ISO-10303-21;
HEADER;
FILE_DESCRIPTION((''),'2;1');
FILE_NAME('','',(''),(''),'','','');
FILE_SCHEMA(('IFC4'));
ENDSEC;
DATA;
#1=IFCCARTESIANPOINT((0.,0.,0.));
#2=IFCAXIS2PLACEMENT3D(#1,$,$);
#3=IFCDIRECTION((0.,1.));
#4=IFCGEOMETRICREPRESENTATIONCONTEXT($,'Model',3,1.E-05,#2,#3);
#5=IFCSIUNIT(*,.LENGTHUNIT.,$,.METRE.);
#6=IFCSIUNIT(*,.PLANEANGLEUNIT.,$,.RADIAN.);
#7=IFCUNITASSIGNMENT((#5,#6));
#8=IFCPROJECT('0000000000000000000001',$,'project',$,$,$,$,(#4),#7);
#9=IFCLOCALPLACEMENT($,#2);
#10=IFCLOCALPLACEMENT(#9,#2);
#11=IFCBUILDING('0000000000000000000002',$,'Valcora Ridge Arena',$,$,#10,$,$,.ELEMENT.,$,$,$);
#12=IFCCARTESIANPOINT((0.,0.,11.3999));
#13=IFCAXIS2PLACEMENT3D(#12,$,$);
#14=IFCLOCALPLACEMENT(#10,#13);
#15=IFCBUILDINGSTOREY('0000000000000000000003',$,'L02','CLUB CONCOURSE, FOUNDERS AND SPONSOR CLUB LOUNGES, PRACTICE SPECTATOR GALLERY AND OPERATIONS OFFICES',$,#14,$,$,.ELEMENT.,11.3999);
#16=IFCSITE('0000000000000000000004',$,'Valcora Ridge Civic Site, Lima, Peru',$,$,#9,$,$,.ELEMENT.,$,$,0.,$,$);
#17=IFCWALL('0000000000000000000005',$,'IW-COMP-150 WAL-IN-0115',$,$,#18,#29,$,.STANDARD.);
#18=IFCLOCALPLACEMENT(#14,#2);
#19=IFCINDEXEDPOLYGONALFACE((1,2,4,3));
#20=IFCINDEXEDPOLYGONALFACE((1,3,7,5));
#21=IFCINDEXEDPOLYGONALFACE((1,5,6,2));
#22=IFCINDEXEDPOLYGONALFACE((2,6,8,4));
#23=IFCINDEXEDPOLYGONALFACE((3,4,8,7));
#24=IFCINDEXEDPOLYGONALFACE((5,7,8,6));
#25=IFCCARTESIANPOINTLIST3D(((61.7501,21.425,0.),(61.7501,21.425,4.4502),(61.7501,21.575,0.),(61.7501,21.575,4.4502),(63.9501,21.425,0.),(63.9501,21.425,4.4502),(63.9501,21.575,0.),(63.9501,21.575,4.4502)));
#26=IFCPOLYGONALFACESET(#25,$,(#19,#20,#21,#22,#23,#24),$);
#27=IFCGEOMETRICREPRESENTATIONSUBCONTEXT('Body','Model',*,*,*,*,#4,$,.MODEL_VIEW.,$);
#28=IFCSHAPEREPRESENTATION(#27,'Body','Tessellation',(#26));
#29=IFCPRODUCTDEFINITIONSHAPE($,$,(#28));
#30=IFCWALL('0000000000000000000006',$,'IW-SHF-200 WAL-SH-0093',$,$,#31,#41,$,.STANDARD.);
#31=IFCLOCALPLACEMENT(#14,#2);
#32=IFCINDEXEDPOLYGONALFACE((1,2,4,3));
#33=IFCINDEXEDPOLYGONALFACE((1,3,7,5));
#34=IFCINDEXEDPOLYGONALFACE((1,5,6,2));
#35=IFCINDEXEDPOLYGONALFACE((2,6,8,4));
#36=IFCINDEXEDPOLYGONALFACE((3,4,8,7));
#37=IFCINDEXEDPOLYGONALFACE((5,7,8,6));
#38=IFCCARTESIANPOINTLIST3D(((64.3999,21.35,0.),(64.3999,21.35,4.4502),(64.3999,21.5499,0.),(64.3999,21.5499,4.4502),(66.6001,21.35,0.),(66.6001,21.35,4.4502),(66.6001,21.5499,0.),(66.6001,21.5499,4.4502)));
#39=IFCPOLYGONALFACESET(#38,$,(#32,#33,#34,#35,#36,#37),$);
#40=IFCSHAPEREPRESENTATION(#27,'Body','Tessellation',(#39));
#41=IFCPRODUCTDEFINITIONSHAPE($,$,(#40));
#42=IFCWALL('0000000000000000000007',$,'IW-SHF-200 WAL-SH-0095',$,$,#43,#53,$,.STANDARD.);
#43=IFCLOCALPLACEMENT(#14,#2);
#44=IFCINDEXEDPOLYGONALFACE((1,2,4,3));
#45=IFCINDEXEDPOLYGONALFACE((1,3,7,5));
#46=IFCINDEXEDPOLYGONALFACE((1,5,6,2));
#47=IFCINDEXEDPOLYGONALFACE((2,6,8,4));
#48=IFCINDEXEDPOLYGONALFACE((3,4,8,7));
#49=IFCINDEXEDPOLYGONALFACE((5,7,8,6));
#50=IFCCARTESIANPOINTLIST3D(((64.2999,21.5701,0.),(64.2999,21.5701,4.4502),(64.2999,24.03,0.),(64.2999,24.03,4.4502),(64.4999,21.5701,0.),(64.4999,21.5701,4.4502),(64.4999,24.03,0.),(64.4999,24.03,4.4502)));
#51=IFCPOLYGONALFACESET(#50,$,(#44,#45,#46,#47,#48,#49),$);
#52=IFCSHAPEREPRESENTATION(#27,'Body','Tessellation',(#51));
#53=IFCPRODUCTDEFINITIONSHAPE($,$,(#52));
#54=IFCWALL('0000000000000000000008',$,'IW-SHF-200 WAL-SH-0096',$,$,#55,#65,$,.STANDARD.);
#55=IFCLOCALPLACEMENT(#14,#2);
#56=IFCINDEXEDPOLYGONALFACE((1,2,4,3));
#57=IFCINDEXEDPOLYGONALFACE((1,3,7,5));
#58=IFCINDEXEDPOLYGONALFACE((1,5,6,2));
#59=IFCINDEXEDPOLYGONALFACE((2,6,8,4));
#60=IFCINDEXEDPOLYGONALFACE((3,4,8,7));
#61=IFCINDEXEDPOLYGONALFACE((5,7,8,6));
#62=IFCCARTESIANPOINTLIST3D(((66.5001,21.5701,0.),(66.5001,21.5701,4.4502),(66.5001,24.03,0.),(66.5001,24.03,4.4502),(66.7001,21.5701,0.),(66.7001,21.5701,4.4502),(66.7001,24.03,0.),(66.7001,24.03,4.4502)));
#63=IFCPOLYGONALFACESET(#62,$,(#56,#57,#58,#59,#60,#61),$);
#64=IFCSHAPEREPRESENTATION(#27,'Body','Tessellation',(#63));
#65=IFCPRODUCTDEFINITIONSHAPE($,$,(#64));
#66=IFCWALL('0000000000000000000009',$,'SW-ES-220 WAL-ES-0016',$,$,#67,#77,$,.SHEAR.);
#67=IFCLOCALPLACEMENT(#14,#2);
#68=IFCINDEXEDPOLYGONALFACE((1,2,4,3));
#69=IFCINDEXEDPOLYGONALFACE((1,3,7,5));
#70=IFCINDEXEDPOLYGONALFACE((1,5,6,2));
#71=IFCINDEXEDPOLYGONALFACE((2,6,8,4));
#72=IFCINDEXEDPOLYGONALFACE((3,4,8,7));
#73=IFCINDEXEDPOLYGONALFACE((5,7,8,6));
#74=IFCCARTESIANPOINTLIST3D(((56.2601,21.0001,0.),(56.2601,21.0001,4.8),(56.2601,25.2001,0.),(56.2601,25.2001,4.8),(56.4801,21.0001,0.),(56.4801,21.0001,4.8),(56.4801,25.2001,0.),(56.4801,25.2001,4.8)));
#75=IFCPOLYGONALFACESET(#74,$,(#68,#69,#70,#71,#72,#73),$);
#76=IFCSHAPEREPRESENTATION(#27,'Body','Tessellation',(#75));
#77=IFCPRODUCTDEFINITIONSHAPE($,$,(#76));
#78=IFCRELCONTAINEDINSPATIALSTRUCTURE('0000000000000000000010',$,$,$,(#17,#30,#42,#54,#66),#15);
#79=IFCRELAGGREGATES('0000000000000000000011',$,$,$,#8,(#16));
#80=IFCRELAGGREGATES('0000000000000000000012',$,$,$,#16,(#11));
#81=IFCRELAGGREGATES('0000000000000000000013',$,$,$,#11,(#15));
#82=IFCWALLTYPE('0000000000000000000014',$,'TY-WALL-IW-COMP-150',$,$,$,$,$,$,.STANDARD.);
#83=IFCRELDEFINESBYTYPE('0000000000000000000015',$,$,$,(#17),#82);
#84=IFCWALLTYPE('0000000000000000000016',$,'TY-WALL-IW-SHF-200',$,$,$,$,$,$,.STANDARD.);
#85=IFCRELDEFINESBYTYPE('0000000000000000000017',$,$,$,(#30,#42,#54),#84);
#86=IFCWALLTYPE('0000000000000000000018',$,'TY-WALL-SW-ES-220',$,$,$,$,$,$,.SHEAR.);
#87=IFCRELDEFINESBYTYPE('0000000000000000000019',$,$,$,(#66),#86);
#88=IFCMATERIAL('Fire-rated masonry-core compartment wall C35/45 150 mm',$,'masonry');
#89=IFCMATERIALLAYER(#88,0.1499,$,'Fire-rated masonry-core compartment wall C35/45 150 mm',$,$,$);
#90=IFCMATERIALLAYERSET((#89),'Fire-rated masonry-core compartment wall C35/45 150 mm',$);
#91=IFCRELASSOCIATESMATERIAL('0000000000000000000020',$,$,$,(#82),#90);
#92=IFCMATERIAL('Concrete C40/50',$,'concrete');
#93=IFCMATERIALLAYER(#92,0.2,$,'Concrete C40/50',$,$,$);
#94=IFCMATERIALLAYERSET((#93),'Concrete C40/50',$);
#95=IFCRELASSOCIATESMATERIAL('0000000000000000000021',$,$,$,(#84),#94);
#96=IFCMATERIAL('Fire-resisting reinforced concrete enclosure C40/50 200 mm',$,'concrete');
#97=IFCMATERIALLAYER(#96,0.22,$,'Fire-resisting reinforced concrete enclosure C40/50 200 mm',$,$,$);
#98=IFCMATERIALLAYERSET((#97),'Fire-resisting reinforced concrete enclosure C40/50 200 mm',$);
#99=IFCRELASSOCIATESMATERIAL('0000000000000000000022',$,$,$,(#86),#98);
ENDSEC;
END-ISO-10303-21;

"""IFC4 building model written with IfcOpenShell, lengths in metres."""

from ifc_helpers import new_model, si_unit, direction, frame, frame_2d, origin, place, context, subcontext, project, spatial, rectangle, extrude, material, layer, layer_set, type_object, element, save


model = new_model("IFC4")

# Units and contexts
model_context = context("Model", 3, precision=1e-05, world=origin(), true_north=direction((0.0, 1.0)))
body_context = subcontext(model_context, "Body", "Model", "MODEL_VIEW")
ifc_project = project(units=[si_unit("LENGTHUNIT", "METRE"), si_unit("PLANEANGLEUNIT", "RADIAN")], contexts=[model_context])

# Site, building, storey
site_placement = place(None, origin())
site = spatial("IfcSite", under=ifc_project, at=site_placement, Name="Valcora Ridge Civic Site, Lima, Peru", CompositionType="ELEMENT", RefElevation=0.0)
building_placement = place(site_placement, origin())
building = spatial("IfcBuilding", under=site, at=building_placement, Name="Valcora Ridge Arena", CompositionType="ELEMENT")
storey_placement = place(building_placement, frame((0.0, 0.0, 11.3999)))
storey = spatial("IfcBuildingStorey", under=building, at=storey_placement, Name="L02", Description="CLUB CONCOURSE, FOUNDERS AND SPONSOR CLUB LOUNGES, PRACTICE SPECTATOR GALLERY AND OPERATIONS OFFICES", CompositionType="ELEMENT", Elevation=11.3999)

# Walls
ifc_material_1 = material(Name="Fire-rated masonry-core compartment wall C35/45 150 mm", Category="masonry")
ifc_layer_1 = layer(ifc_material_1, 0.1499, Name="Fire-rated masonry-core compartment wall C35/45 150 mm")
ifc_layer_set_1 = layer_set([ifc_layer_1], Name="Fire-rated masonry-core compartment wall C35/45 150 mm")
wall_type_1 = type_object("IfcWallType", Name="TY-WALL-IW-COMP-150", PredefinedType="STANDARD", material=ifc_layer_set_1)
wall_1_placement = place(storey_placement, frame((61.75, 21.5, 0.0), z_axis=(0.0, 0.0, 1.0), x_axis=(1.0, 0.0, 0.0)))
element("IfcWall", 1, at=wall_1_placement, inside=storey, type_object=wall_type_1, Name="IW-COMP-150 WAL-IN-0115", PredefinedType="STANDARD", context=body_context, shape_type="SweptSolid", body=[
    extrude(rectangle(XDim=2.2, YDim=0.1499, at=frame_2d((1.1001, 0.0))), origin(), (0.0, 0.0, 1.0), 4.4502),
])
ifc_material_2 = material(Name="Concrete C40/50", Category="concrete")
ifc_layer_2 = layer(ifc_material_2, 0.2, Name="Concrete C40/50")
ifc_layer_set_2 = layer_set([ifc_layer_2], Name="Concrete C40/50")
wall_type_2 = type_object("IfcWallType", Name="TY-WALL-IW-SHF-200", PredefinedType="STANDARD", material=ifc_layer_set_2)
wall_2_placement = place(storey_placement, frame((64.3999, 21.45, 0.0), z_axis=(0.0, 0.0, 1.0), x_axis=(1.0, 0.0, 0.0)))
element("IfcWall", 2, at=wall_2_placement, inside=storey, type_object=wall_type_2, Name="IW-SHF-200 WAL-SH-0093", PredefinedType="STANDARD", context=body_context, shape_type="SweptSolid", body=[
    extrude(rectangle(XDim=2.2002, YDim=0.2, at=frame_2d((1.1001, 0.0))), origin(), (0.0, 0.0, 1.0), 4.4502),
])
for number, where, z_axis, x_axis, name in (
    (3, (64.3999, 21.5701, 0.0), (0.0, 0.0, 1.0), (0.0, 1.0, 0.0), "IW-SHF-200 WAL-SH-0095"),
    (4, (66.6001, 21.5701, 0.0), (0.0, 0.0, 1.0), (0.0, 1.0, 0.0), "IW-SHF-200 WAL-SH-0096"),
):
    element("IfcWall", number, at=place(storey_placement, frame(where, z_axis=z_axis, x_axis=x_axis)), inside=storey, type_object=wall_type_2, Name=name, PredefinedType="STANDARD", context=body_context, shape_type="SweptSolid", body=[
        extrude(rectangle(XDim=2.46, YDim=0.2, at=frame_2d((1.23, 0.0))), origin(), (0.0, 0.0, 1.0), 4.4502),
    ])
ifc_material_3 = material(Name="Fire-resisting reinforced concrete enclosure C40/50 200 mm", Category="concrete")
ifc_layer_3 = layer(ifc_material_3, 0.22, Name="Fire-resisting reinforced concrete enclosure C40/50 200 mm")
ifc_layer_set_3 = layer_set([ifc_layer_3], Name="Fire-resisting reinforced concrete enclosure C40/50 200 mm")
wall_type_3 = type_object("IfcWallType", Name="TY-WALL-SW-ES-220", PredefinedType="SHEAR", material=ifc_layer_set_3)
wall_3_placement = place(storey_placement, frame((56.3701, 21.0, 0.0), z_axis=(0.0, 0.0, 1.0), x_axis=(0.0, 1.0, 0.0)))
element("IfcWall", 5, at=wall_3_placement, inside=storey, type_object=wall_type_3, Name="SW-ES-220 WAL-ES-0016", PredefinedType="SHEAR", context=body_context, shape_type="SweptSolid", body=[
    extrude(rectangle(XDim=4.2, YDim=0.22, at=frame_2d((2.1001, 0.0))), origin(), (0.0, 0.0, 1.0), 4.8),
])

save(model, "model.ifc")
